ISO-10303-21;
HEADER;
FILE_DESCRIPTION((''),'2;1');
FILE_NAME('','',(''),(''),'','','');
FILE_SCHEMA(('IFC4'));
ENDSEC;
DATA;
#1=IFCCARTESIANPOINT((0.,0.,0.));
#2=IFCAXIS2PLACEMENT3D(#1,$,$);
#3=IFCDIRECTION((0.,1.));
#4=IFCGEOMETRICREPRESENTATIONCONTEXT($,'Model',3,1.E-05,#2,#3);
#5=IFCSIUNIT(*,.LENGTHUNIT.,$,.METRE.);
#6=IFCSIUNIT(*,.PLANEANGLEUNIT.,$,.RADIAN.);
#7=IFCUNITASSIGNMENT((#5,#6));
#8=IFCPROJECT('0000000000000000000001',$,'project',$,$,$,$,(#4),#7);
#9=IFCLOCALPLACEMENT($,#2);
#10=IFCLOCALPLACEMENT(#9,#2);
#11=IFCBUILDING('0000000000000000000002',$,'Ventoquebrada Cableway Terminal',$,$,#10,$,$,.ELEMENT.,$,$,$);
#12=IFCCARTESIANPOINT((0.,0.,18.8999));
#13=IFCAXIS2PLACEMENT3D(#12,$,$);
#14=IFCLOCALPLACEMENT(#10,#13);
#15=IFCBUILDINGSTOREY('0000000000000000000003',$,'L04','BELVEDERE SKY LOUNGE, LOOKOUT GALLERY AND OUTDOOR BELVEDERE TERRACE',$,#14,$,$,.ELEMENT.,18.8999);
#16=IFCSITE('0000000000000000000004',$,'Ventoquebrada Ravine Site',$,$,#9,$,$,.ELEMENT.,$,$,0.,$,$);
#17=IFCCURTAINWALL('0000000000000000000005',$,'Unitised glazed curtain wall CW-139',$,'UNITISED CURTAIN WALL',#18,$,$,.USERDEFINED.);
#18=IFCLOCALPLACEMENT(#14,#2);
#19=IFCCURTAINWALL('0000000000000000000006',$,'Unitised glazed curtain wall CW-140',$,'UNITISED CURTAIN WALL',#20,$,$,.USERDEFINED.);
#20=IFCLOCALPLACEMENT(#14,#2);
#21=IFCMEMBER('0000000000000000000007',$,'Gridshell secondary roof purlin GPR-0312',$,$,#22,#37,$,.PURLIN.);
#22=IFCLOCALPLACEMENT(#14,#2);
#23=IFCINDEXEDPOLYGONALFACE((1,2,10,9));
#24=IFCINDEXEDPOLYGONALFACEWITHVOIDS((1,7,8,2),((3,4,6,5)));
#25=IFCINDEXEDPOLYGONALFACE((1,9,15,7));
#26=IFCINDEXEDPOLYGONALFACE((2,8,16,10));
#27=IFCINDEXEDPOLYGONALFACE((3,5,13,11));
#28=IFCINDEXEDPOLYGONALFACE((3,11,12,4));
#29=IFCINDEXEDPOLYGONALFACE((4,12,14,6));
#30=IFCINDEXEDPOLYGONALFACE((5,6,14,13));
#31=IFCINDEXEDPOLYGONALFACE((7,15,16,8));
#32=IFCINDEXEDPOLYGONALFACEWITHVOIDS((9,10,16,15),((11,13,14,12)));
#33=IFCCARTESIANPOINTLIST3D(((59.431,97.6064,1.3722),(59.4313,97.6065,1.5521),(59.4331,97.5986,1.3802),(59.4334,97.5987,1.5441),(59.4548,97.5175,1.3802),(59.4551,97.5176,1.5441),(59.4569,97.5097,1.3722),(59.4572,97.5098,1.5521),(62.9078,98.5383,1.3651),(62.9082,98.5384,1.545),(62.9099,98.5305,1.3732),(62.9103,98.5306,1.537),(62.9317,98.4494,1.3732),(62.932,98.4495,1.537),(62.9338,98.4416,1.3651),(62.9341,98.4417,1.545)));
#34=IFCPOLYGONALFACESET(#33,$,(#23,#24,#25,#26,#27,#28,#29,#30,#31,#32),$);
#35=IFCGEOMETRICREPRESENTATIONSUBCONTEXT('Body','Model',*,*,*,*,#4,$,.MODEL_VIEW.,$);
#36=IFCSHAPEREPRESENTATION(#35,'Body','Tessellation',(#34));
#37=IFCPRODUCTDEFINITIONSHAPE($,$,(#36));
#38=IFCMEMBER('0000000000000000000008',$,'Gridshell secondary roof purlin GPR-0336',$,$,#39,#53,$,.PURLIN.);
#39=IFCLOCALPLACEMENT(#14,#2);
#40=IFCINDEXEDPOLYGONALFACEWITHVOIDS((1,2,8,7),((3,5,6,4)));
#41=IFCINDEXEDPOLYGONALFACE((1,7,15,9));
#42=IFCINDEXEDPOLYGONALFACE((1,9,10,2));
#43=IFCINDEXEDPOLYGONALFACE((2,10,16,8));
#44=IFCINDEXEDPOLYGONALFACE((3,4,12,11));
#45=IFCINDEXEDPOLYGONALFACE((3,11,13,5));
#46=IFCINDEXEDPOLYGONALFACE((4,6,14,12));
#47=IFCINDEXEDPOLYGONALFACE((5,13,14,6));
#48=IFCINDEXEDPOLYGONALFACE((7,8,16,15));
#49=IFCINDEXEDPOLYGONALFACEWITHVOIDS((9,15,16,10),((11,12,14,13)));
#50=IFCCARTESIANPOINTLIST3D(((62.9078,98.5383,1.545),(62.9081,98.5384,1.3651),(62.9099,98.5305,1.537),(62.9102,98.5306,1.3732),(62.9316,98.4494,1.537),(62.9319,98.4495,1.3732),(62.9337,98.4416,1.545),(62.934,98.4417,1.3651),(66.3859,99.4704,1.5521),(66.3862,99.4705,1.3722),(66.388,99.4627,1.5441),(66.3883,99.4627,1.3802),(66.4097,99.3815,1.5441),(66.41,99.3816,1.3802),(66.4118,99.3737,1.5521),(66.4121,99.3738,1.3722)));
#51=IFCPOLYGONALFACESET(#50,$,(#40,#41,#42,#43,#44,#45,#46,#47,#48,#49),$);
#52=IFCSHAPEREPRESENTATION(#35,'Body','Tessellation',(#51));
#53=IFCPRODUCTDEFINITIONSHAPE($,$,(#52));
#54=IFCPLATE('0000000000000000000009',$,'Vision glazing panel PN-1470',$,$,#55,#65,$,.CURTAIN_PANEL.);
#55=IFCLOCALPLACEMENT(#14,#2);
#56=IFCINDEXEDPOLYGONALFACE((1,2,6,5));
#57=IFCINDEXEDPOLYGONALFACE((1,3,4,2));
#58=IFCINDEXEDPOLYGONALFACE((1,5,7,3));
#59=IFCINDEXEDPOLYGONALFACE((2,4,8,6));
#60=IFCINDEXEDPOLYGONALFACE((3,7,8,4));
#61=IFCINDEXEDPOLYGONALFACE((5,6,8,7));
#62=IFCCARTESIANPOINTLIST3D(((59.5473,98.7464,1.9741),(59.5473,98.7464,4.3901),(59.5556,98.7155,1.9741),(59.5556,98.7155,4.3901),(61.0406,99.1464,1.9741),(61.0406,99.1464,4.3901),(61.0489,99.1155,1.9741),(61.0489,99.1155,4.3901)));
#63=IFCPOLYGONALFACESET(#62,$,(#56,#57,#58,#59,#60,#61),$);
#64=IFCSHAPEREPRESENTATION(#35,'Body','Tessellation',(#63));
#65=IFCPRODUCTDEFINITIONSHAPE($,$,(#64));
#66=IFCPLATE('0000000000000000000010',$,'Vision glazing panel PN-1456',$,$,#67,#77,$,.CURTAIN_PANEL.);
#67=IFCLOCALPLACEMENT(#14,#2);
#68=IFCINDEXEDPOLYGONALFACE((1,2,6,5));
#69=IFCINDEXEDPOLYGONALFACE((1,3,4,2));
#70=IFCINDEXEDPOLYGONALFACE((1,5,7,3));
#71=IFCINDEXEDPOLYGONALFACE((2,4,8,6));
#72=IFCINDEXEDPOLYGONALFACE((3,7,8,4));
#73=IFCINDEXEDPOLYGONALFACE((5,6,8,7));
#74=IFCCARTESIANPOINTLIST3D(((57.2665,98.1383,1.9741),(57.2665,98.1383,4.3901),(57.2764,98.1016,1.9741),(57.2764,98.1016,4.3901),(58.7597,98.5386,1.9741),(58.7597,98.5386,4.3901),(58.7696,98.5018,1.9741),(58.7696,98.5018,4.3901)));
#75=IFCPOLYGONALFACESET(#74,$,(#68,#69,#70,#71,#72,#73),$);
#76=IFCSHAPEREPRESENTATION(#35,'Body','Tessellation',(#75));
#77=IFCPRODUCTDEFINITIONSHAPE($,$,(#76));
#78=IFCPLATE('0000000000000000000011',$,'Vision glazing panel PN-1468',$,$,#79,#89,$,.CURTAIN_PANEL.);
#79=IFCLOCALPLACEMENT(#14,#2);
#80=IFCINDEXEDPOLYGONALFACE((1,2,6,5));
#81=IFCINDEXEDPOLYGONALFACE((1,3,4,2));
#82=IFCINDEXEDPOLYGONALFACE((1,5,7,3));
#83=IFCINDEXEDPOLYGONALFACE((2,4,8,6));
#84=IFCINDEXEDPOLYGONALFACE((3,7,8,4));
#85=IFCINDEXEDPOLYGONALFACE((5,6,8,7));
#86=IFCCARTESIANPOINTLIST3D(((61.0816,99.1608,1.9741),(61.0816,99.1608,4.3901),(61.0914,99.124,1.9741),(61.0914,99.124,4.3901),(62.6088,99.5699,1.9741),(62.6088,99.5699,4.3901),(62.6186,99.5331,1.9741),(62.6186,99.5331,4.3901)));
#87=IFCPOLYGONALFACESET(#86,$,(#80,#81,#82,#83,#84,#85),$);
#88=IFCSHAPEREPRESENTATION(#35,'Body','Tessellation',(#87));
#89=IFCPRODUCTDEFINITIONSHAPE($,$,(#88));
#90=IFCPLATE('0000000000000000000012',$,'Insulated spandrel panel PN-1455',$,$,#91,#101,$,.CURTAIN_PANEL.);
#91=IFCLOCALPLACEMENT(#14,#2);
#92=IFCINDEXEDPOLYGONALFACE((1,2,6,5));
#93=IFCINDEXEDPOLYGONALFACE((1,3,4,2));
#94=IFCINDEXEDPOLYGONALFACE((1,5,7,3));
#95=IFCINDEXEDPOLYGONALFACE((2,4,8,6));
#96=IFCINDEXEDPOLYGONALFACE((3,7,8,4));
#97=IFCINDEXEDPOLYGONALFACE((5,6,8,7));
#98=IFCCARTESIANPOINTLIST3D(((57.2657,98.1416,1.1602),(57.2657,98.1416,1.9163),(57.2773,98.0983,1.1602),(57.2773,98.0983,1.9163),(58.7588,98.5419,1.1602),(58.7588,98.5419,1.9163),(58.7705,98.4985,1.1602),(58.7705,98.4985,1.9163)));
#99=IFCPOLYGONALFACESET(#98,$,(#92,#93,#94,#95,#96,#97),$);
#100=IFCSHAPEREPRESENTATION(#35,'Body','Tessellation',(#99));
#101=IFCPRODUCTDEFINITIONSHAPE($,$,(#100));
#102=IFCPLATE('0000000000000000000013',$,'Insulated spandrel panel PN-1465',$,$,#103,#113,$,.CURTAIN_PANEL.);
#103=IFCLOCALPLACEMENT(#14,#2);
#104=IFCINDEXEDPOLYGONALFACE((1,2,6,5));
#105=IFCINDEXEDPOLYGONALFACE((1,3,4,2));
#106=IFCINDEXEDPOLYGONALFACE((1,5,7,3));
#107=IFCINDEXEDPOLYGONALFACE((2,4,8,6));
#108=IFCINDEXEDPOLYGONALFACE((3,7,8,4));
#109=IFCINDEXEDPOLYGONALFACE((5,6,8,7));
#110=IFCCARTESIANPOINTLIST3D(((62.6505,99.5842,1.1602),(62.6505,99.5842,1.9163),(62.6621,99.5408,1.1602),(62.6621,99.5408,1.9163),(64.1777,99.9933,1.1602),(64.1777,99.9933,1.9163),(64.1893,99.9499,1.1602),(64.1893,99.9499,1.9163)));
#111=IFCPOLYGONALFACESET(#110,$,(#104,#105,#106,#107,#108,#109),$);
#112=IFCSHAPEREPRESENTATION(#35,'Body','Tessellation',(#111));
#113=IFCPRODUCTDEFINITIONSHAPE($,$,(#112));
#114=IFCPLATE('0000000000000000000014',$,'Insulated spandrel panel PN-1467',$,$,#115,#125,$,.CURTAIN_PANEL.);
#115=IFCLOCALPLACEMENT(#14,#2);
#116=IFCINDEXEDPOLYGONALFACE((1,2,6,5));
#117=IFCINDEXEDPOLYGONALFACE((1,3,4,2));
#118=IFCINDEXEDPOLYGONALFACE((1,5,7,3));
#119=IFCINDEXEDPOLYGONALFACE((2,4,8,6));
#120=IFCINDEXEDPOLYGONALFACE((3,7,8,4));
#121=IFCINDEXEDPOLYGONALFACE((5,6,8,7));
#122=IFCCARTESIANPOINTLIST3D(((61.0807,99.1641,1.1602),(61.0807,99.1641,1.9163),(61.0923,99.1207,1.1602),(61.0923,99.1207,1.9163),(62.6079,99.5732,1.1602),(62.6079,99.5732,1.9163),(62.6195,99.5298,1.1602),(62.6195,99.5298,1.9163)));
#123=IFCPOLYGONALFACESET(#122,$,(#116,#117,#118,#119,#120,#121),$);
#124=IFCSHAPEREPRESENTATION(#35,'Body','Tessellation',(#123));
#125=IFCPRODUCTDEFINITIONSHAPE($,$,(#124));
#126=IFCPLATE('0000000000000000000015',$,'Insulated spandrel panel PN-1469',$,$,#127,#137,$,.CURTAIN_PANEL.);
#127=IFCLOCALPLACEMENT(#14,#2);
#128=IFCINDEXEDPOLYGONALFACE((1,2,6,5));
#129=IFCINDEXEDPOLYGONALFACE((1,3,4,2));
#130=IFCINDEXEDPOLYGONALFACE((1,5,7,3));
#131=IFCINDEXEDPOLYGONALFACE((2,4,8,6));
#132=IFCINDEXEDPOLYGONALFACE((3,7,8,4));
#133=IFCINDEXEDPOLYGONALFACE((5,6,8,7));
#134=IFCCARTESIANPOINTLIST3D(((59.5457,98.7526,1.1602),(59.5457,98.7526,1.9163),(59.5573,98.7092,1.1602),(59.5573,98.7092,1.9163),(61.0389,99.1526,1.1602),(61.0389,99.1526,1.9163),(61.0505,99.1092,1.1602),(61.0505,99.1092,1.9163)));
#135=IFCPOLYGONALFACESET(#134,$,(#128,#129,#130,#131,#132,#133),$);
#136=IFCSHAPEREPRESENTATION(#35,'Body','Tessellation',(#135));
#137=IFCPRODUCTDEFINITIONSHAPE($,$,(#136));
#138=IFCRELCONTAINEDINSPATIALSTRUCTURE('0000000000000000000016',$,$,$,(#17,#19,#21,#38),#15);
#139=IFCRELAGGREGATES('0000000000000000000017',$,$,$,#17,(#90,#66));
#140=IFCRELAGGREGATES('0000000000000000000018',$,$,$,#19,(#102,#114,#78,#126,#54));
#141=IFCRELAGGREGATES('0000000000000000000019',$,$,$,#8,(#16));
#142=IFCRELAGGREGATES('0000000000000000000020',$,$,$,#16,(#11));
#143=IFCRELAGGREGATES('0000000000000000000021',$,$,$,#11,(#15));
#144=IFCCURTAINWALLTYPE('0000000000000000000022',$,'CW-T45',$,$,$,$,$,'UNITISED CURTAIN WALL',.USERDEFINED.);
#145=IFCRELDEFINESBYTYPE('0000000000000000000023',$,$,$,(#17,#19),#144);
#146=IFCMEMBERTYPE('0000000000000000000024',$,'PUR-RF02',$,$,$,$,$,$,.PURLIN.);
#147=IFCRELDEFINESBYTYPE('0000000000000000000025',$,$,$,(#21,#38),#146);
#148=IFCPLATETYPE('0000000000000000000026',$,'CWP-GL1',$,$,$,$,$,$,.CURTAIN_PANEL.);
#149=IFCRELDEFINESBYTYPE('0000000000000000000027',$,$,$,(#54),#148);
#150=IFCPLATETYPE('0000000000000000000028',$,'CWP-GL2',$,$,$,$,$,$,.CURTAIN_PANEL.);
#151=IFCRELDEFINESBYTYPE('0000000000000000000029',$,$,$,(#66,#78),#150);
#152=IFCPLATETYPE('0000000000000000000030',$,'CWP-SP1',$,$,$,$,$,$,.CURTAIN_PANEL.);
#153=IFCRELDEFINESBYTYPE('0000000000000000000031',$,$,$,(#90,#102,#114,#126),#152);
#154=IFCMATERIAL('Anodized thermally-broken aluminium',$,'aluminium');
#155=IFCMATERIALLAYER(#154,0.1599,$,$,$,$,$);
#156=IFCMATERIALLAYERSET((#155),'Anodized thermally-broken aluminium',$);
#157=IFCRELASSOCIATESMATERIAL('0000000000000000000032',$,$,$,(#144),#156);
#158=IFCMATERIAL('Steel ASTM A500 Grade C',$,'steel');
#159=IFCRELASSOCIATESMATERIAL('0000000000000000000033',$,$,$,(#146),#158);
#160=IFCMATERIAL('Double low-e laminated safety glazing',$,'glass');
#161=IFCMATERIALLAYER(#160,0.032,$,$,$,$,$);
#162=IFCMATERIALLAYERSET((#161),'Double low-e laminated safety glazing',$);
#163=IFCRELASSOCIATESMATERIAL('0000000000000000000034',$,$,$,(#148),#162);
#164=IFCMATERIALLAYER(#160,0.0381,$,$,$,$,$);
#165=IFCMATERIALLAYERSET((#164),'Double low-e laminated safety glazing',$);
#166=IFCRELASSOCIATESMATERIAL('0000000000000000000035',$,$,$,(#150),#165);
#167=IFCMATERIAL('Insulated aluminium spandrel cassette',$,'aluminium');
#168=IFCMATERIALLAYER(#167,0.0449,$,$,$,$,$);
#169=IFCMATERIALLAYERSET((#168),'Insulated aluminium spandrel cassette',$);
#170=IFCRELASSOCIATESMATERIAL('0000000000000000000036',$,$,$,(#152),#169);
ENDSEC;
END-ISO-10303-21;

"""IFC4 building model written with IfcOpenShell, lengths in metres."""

from ifc_helpers import new_model, si_unit, direction, frame, origin, origin_2d, place, context, subcontext, project, spatial, rectangle, hollow_rectangle, extrude, material, layer, layer_set, material_profile, profile_set, type_object, element, aggregate, save


model = new_model("IFC4")

# Units and contexts
model_context = context("Model", 3, precision=1e-05, world=origin(), true_north=direction((0.0, 1.0)))
body_context = subcontext(model_context, "Body", "Model", "MODEL_VIEW")
ifc_project = project(units=[si_unit("LENGTHUNIT", "METRE"), si_unit("PLANEANGLEUNIT", "RADIAN")], contexts=[model_context])

# Site, building, storey
site_placement = place(None, origin())
site = spatial("IfcSite", under=ifc_project, at=site_placement, Name="Ventoquebrada Ravine Site", CompositionType="ELEMENT", RefElevation=0.0)
building_placement = place(site_placement, origin())
building = spatial("IfcBuilding", under=site, at=building_placement, Name="Ventoquebrada Cableway Terminal", CompositionType="ELEMENT")
storey_placement = place(building_placement, frame((0.0, 0.0, 18.8999)))
storey = spatial("IfcBuildingStorey", under=building, at=storey_placement, Name="L04", Description="BELVEDERE SKY LOUNGE, LOOKOUT GALLERY AND OUTDOOR BELVEDERE TERRACE", CompositionType="ELEMENT", Elevation=18.8999)

# Shared definitions
ifc_material_1 = material(Name="Steel ASTM A500 Grade C", Category="steel")

# Curtain walls
ifc_material_2 = material(Name="Anodized thermally-broken aluminium", Category="aluminium")
ifc_layer_1 = layer(ifc_material_2, 0.1599)
ifc_layer_set_1 = layer_set([ifc_layer_1], Name="Anodized thermally-broken aluminium")
curtain_wall_type = type_object("IfcCurtainWallType", Name="CW-T45", ElementType="UNITISED CURTAIN WALL", PredefinedType="USERDEFINED", material=ifc_layer_set_1)
curtain_wall_1_placement = place(storey_placement, origin())
curtain_wall_1 = element("IfcCurtainWall", 1, at=curtain_wall_1_placement, inside=storey, type_object=curtain_wall_type, Name="Unitised glazed curtain wall CW-139", ObjectType="UNITISED CURTAIN WALL", PredefinedType="USERDEFINED")
curtain_wall_2_placement = place(storey_placement, origin())
curtain_wall_2 = element("IfcCurtainWall", 2, at=curtain_wall_2_placement, inside=storey, type_object=curtain_wall_type, Name="Unitised glazed curtain wall CW-140", ObjectType="UNITISED CURTAIN WALL", PredefinedType="USERDEFINED")

# Members
ifc_material_profile_1 = material_profile(ifc_material_1, hollow_rectangle(XDim=0.1001, YDim=0.1799, WallThickness=0.0081, at=origin_2d()), Name="RHS180X100X8")
ifc_profile_set_1 = profile_set([ifc_material_profile_1], Name="Steel ASTM A500 Grade C")
member_type_1 = type_object("IfcMemberType", Name="PUR-RF02", PredefinedType="PURLIN", material=ifc_profile_set_1)
member_1_placement = place(storey_placement, frame((59.4441, 97.5581, 1.4622), z_axis=(0.965905, 0.25889, -0.001967), x_axis=(-0.258891, 0.965907, 0.0)))
element("IfcMember", 3, at=member_1_placement, inside=storey, type_object=member_type_1, Name="Gridshell secondary roof purlin GPR-0312", PredefinedType="PURLIN", context=body_context, shape_type="SweptSolid", body=[
    extrude(hollow_rectangle(XDim=0.1001, YDim=0.1799, WallThickness=0.0081, at=origin_2d()), origin(), (0.0, 0.0, 1.0), 3.5996),
])
member_2_placement = place(storey_placement, frame((62.9209, 98.49, 1.4551), z_axis=(0.96591, 0.258869, 0.001966), x_axis=(-0.258869, 0.965912, 0.0)))
element("IfcMember", 4, at=member_2_placement, inside=storey, type_object=member_type_1, Name="Gridshell secondary roof purlin GPR-0336", PredefinedType="PURLIN", context=body_context, shape_type="SweptSolid", body=[
    extrude(hollow_rectangle(XDim=0.1001, YDim=0.1799, WallThickness=0.0081, at=origin_2d()), origin(), (0.0, 0.0, 1.0), 3.6008),
])

# Plates
ifc_material_3 = material(Name="Double low-e laminated safety glazing", Category="glass")
ifc_layer_2 = layer(ifc_material_3, 0.032)
ifc_layer_set_2 = layer_set([ifc_layer_2], Name="Double low-e laminated safety glazing")
plate_type_1 = type_object("IfcPlateType", Name="CWP-GL1", PredefinedType="CURTAIN_PANEL", material=ifc_layer_set_2)
plate_1_placement = place(storey_placement, frame((60.2981, 98.9309, 1.9741), z_axis=(0.0, 0.0, 1.0), x_axis=(-0.965944, -0.258752, 0.0)))
plate_1 = element("IfcPlate", 5, at=plate_1_placement, type_object=plate_type_1, Name="Vision glazing panel PN-1470", PredefinedType="CURTAIN_PANEL", context=body_context, shape_type="SweptSolid", body=[
    extrude(rectangle(XDim=1.5459, YDim=0.032, at=origin_2d()), origin(), (0.0, 0.0, 1.0), 2.416),
])
ifc_layer_3 = layer(ifc_material_3, 0.0381)
ifc_layer_set_3 = layer_set([ifc_layer_3], Name="Double low-e laminated safety glazing")
plate_type_2 = type_object("IfcPlateType", Name="CWP-GL2", PredefinedType="CURTAIN_PANEL", material=ifc_layer_set_3)
plate_2_placement = place(storey_placement, frame((58.0181, 98.3201, 1.9741), z_axis=(0.0, 0.0, 1.0), x_axis=(-0.965903, -0.258903, 0.0)))
plate_2 = element("IfcPlate", 6, at=plate_2_placement, type_object=plate_type_2, Name="Vision glazing panel PN-1456", PredefinedType="CURTAIN_PANEL", context=body_context, shape_type="SweptSolid", body=[
    extrude(rectangle(XDim=1.5459, YDim=0.0381, at=origin_2d()), origin(), (0.0, 0.0, 1.0), 2.416),
])
plate_3_placement = place(storey_placement, frame((61.8501, 99.3469, 1.9741), z_axis=(0.0, 0.0, 1.0), x_axis=(-0.965944, -0.258752, 0.0)))
plate_3 = element("IfcPlate", 7, at=plate_3_placement, type_object=plate_type_2, Name="Vision glazing panel PN-1468", PredefinedType="CURTAIN_PANEL", context=body_context, shape_type="SweptSolid", body=[
    extrude(rectangle(XDim=1.5811, YDim=0.0381, at=origin_2d()), origin(), (0.0, 0.0, 1.0), 2.416),
])
ifc_material_4 = material(Name="Insulated aluminium spandrel cassette", Category="aluminium")
ifc_layer_4 = layer(ifc_material_4, 0.0449)
ifc_layer_set_4 = layer_set([ifc_layer_4], Name="Insulated aluminium spandrel cassette")
plate_type_3 = type_object("IfcPlateType", Name="CWP-SP1", PredefinedType="CURTAIN_PANEL", material=ifc_layer_set_4)
plate_4_placement = place(storey_placement, frame((58.0181, 98.3201, 1.1602), z_axis=(0.0, 0.0, 1.0), x_axis=(-0.965903, -0.258903, 0.0)))
plate_4 = element("IfcPlate", 8, at=plate_4_placement, type_object=plate_type_3, Name="Insulated spandrel panel PN-1455", PredefinedType="CURTAIN_PANEL", context=body_context, shape_type="SweptSolid", body=[
    extrude(rectangle(XDim=1.5459, YDim=0.0449, at=origin_2d()), origin(), (0.0, 0.0, 1.0), 0.7561),
])
aggregate(curtain_wall_1, [plate_4, plate_2])
plate_5_placement = place(storey_placement, frame((63.4199, 99.7671, 1.1602), z_axis=(0.0, 0.0, 1.0), x_axis=(-0.965944, -0.258752, 0.0)))
plate_5 = element("IfcPlate", 9, at=plate_5_placement, type_object=plate_type_3, Name="Insulated spandrel panel PN-1465", PredefinedType="CURTAIN_PANEL", context=body_context, shape_type="SweptSolid", body=[
    extrude(rectangle(XDim=1.5811, YDim=0.0449, at=origin_2d()), origin(), (0.0, 0.0, 1.0), 0.7561),
])
plate_6_placement = place(storey_placement, frame((61.8501, 99.3469, 1.1602), z_axis=(0.0, 0.0, 1.0), x_axis=(-0.965944, -0.258752, 0.0)))
plate_6 = element("IfcPlate", 10, at=plate_6_placement, type_object=plate_type_3, Name="Insulated spandrel panel PN-1467", PredefinedType="CURTAIN_PANEL", context=body_context, shape_type="SweptSolid", body=[
    extrude(rectangle(XDim=1.5811, YDim=0.0449, at=origin_2d()), origin(), (0.0, 0.0, 1.0), 0.7561),
])
plate_7_placement = place(storey_placement, frame((60.2981, 98.9309, 1.1602), z_axis=(0.0, 0.0, 1.0), x_axis=(-0.965944, -0.258752, 0.0)))
plate_7 = element("IfcPlate", 11, at=plate_7_placement, type_object=plate_type_3, Name="Insulated spandrel panel PN-1469", PredefinedType="CURTAIN_PANEL", context=body_context, shape_type="SweptSolid", body=[
    extrude(rectangle(XDim=1.5459, YDim=0.0449, at=origin_2d()), origin(), (0.0, 0.0, 1.0), 0.7561),
])
aggregate(curtain_wall_2, [plate_5, plate_6, plate_3, plate_7, plate_1])

save(model, "model.ifc")
